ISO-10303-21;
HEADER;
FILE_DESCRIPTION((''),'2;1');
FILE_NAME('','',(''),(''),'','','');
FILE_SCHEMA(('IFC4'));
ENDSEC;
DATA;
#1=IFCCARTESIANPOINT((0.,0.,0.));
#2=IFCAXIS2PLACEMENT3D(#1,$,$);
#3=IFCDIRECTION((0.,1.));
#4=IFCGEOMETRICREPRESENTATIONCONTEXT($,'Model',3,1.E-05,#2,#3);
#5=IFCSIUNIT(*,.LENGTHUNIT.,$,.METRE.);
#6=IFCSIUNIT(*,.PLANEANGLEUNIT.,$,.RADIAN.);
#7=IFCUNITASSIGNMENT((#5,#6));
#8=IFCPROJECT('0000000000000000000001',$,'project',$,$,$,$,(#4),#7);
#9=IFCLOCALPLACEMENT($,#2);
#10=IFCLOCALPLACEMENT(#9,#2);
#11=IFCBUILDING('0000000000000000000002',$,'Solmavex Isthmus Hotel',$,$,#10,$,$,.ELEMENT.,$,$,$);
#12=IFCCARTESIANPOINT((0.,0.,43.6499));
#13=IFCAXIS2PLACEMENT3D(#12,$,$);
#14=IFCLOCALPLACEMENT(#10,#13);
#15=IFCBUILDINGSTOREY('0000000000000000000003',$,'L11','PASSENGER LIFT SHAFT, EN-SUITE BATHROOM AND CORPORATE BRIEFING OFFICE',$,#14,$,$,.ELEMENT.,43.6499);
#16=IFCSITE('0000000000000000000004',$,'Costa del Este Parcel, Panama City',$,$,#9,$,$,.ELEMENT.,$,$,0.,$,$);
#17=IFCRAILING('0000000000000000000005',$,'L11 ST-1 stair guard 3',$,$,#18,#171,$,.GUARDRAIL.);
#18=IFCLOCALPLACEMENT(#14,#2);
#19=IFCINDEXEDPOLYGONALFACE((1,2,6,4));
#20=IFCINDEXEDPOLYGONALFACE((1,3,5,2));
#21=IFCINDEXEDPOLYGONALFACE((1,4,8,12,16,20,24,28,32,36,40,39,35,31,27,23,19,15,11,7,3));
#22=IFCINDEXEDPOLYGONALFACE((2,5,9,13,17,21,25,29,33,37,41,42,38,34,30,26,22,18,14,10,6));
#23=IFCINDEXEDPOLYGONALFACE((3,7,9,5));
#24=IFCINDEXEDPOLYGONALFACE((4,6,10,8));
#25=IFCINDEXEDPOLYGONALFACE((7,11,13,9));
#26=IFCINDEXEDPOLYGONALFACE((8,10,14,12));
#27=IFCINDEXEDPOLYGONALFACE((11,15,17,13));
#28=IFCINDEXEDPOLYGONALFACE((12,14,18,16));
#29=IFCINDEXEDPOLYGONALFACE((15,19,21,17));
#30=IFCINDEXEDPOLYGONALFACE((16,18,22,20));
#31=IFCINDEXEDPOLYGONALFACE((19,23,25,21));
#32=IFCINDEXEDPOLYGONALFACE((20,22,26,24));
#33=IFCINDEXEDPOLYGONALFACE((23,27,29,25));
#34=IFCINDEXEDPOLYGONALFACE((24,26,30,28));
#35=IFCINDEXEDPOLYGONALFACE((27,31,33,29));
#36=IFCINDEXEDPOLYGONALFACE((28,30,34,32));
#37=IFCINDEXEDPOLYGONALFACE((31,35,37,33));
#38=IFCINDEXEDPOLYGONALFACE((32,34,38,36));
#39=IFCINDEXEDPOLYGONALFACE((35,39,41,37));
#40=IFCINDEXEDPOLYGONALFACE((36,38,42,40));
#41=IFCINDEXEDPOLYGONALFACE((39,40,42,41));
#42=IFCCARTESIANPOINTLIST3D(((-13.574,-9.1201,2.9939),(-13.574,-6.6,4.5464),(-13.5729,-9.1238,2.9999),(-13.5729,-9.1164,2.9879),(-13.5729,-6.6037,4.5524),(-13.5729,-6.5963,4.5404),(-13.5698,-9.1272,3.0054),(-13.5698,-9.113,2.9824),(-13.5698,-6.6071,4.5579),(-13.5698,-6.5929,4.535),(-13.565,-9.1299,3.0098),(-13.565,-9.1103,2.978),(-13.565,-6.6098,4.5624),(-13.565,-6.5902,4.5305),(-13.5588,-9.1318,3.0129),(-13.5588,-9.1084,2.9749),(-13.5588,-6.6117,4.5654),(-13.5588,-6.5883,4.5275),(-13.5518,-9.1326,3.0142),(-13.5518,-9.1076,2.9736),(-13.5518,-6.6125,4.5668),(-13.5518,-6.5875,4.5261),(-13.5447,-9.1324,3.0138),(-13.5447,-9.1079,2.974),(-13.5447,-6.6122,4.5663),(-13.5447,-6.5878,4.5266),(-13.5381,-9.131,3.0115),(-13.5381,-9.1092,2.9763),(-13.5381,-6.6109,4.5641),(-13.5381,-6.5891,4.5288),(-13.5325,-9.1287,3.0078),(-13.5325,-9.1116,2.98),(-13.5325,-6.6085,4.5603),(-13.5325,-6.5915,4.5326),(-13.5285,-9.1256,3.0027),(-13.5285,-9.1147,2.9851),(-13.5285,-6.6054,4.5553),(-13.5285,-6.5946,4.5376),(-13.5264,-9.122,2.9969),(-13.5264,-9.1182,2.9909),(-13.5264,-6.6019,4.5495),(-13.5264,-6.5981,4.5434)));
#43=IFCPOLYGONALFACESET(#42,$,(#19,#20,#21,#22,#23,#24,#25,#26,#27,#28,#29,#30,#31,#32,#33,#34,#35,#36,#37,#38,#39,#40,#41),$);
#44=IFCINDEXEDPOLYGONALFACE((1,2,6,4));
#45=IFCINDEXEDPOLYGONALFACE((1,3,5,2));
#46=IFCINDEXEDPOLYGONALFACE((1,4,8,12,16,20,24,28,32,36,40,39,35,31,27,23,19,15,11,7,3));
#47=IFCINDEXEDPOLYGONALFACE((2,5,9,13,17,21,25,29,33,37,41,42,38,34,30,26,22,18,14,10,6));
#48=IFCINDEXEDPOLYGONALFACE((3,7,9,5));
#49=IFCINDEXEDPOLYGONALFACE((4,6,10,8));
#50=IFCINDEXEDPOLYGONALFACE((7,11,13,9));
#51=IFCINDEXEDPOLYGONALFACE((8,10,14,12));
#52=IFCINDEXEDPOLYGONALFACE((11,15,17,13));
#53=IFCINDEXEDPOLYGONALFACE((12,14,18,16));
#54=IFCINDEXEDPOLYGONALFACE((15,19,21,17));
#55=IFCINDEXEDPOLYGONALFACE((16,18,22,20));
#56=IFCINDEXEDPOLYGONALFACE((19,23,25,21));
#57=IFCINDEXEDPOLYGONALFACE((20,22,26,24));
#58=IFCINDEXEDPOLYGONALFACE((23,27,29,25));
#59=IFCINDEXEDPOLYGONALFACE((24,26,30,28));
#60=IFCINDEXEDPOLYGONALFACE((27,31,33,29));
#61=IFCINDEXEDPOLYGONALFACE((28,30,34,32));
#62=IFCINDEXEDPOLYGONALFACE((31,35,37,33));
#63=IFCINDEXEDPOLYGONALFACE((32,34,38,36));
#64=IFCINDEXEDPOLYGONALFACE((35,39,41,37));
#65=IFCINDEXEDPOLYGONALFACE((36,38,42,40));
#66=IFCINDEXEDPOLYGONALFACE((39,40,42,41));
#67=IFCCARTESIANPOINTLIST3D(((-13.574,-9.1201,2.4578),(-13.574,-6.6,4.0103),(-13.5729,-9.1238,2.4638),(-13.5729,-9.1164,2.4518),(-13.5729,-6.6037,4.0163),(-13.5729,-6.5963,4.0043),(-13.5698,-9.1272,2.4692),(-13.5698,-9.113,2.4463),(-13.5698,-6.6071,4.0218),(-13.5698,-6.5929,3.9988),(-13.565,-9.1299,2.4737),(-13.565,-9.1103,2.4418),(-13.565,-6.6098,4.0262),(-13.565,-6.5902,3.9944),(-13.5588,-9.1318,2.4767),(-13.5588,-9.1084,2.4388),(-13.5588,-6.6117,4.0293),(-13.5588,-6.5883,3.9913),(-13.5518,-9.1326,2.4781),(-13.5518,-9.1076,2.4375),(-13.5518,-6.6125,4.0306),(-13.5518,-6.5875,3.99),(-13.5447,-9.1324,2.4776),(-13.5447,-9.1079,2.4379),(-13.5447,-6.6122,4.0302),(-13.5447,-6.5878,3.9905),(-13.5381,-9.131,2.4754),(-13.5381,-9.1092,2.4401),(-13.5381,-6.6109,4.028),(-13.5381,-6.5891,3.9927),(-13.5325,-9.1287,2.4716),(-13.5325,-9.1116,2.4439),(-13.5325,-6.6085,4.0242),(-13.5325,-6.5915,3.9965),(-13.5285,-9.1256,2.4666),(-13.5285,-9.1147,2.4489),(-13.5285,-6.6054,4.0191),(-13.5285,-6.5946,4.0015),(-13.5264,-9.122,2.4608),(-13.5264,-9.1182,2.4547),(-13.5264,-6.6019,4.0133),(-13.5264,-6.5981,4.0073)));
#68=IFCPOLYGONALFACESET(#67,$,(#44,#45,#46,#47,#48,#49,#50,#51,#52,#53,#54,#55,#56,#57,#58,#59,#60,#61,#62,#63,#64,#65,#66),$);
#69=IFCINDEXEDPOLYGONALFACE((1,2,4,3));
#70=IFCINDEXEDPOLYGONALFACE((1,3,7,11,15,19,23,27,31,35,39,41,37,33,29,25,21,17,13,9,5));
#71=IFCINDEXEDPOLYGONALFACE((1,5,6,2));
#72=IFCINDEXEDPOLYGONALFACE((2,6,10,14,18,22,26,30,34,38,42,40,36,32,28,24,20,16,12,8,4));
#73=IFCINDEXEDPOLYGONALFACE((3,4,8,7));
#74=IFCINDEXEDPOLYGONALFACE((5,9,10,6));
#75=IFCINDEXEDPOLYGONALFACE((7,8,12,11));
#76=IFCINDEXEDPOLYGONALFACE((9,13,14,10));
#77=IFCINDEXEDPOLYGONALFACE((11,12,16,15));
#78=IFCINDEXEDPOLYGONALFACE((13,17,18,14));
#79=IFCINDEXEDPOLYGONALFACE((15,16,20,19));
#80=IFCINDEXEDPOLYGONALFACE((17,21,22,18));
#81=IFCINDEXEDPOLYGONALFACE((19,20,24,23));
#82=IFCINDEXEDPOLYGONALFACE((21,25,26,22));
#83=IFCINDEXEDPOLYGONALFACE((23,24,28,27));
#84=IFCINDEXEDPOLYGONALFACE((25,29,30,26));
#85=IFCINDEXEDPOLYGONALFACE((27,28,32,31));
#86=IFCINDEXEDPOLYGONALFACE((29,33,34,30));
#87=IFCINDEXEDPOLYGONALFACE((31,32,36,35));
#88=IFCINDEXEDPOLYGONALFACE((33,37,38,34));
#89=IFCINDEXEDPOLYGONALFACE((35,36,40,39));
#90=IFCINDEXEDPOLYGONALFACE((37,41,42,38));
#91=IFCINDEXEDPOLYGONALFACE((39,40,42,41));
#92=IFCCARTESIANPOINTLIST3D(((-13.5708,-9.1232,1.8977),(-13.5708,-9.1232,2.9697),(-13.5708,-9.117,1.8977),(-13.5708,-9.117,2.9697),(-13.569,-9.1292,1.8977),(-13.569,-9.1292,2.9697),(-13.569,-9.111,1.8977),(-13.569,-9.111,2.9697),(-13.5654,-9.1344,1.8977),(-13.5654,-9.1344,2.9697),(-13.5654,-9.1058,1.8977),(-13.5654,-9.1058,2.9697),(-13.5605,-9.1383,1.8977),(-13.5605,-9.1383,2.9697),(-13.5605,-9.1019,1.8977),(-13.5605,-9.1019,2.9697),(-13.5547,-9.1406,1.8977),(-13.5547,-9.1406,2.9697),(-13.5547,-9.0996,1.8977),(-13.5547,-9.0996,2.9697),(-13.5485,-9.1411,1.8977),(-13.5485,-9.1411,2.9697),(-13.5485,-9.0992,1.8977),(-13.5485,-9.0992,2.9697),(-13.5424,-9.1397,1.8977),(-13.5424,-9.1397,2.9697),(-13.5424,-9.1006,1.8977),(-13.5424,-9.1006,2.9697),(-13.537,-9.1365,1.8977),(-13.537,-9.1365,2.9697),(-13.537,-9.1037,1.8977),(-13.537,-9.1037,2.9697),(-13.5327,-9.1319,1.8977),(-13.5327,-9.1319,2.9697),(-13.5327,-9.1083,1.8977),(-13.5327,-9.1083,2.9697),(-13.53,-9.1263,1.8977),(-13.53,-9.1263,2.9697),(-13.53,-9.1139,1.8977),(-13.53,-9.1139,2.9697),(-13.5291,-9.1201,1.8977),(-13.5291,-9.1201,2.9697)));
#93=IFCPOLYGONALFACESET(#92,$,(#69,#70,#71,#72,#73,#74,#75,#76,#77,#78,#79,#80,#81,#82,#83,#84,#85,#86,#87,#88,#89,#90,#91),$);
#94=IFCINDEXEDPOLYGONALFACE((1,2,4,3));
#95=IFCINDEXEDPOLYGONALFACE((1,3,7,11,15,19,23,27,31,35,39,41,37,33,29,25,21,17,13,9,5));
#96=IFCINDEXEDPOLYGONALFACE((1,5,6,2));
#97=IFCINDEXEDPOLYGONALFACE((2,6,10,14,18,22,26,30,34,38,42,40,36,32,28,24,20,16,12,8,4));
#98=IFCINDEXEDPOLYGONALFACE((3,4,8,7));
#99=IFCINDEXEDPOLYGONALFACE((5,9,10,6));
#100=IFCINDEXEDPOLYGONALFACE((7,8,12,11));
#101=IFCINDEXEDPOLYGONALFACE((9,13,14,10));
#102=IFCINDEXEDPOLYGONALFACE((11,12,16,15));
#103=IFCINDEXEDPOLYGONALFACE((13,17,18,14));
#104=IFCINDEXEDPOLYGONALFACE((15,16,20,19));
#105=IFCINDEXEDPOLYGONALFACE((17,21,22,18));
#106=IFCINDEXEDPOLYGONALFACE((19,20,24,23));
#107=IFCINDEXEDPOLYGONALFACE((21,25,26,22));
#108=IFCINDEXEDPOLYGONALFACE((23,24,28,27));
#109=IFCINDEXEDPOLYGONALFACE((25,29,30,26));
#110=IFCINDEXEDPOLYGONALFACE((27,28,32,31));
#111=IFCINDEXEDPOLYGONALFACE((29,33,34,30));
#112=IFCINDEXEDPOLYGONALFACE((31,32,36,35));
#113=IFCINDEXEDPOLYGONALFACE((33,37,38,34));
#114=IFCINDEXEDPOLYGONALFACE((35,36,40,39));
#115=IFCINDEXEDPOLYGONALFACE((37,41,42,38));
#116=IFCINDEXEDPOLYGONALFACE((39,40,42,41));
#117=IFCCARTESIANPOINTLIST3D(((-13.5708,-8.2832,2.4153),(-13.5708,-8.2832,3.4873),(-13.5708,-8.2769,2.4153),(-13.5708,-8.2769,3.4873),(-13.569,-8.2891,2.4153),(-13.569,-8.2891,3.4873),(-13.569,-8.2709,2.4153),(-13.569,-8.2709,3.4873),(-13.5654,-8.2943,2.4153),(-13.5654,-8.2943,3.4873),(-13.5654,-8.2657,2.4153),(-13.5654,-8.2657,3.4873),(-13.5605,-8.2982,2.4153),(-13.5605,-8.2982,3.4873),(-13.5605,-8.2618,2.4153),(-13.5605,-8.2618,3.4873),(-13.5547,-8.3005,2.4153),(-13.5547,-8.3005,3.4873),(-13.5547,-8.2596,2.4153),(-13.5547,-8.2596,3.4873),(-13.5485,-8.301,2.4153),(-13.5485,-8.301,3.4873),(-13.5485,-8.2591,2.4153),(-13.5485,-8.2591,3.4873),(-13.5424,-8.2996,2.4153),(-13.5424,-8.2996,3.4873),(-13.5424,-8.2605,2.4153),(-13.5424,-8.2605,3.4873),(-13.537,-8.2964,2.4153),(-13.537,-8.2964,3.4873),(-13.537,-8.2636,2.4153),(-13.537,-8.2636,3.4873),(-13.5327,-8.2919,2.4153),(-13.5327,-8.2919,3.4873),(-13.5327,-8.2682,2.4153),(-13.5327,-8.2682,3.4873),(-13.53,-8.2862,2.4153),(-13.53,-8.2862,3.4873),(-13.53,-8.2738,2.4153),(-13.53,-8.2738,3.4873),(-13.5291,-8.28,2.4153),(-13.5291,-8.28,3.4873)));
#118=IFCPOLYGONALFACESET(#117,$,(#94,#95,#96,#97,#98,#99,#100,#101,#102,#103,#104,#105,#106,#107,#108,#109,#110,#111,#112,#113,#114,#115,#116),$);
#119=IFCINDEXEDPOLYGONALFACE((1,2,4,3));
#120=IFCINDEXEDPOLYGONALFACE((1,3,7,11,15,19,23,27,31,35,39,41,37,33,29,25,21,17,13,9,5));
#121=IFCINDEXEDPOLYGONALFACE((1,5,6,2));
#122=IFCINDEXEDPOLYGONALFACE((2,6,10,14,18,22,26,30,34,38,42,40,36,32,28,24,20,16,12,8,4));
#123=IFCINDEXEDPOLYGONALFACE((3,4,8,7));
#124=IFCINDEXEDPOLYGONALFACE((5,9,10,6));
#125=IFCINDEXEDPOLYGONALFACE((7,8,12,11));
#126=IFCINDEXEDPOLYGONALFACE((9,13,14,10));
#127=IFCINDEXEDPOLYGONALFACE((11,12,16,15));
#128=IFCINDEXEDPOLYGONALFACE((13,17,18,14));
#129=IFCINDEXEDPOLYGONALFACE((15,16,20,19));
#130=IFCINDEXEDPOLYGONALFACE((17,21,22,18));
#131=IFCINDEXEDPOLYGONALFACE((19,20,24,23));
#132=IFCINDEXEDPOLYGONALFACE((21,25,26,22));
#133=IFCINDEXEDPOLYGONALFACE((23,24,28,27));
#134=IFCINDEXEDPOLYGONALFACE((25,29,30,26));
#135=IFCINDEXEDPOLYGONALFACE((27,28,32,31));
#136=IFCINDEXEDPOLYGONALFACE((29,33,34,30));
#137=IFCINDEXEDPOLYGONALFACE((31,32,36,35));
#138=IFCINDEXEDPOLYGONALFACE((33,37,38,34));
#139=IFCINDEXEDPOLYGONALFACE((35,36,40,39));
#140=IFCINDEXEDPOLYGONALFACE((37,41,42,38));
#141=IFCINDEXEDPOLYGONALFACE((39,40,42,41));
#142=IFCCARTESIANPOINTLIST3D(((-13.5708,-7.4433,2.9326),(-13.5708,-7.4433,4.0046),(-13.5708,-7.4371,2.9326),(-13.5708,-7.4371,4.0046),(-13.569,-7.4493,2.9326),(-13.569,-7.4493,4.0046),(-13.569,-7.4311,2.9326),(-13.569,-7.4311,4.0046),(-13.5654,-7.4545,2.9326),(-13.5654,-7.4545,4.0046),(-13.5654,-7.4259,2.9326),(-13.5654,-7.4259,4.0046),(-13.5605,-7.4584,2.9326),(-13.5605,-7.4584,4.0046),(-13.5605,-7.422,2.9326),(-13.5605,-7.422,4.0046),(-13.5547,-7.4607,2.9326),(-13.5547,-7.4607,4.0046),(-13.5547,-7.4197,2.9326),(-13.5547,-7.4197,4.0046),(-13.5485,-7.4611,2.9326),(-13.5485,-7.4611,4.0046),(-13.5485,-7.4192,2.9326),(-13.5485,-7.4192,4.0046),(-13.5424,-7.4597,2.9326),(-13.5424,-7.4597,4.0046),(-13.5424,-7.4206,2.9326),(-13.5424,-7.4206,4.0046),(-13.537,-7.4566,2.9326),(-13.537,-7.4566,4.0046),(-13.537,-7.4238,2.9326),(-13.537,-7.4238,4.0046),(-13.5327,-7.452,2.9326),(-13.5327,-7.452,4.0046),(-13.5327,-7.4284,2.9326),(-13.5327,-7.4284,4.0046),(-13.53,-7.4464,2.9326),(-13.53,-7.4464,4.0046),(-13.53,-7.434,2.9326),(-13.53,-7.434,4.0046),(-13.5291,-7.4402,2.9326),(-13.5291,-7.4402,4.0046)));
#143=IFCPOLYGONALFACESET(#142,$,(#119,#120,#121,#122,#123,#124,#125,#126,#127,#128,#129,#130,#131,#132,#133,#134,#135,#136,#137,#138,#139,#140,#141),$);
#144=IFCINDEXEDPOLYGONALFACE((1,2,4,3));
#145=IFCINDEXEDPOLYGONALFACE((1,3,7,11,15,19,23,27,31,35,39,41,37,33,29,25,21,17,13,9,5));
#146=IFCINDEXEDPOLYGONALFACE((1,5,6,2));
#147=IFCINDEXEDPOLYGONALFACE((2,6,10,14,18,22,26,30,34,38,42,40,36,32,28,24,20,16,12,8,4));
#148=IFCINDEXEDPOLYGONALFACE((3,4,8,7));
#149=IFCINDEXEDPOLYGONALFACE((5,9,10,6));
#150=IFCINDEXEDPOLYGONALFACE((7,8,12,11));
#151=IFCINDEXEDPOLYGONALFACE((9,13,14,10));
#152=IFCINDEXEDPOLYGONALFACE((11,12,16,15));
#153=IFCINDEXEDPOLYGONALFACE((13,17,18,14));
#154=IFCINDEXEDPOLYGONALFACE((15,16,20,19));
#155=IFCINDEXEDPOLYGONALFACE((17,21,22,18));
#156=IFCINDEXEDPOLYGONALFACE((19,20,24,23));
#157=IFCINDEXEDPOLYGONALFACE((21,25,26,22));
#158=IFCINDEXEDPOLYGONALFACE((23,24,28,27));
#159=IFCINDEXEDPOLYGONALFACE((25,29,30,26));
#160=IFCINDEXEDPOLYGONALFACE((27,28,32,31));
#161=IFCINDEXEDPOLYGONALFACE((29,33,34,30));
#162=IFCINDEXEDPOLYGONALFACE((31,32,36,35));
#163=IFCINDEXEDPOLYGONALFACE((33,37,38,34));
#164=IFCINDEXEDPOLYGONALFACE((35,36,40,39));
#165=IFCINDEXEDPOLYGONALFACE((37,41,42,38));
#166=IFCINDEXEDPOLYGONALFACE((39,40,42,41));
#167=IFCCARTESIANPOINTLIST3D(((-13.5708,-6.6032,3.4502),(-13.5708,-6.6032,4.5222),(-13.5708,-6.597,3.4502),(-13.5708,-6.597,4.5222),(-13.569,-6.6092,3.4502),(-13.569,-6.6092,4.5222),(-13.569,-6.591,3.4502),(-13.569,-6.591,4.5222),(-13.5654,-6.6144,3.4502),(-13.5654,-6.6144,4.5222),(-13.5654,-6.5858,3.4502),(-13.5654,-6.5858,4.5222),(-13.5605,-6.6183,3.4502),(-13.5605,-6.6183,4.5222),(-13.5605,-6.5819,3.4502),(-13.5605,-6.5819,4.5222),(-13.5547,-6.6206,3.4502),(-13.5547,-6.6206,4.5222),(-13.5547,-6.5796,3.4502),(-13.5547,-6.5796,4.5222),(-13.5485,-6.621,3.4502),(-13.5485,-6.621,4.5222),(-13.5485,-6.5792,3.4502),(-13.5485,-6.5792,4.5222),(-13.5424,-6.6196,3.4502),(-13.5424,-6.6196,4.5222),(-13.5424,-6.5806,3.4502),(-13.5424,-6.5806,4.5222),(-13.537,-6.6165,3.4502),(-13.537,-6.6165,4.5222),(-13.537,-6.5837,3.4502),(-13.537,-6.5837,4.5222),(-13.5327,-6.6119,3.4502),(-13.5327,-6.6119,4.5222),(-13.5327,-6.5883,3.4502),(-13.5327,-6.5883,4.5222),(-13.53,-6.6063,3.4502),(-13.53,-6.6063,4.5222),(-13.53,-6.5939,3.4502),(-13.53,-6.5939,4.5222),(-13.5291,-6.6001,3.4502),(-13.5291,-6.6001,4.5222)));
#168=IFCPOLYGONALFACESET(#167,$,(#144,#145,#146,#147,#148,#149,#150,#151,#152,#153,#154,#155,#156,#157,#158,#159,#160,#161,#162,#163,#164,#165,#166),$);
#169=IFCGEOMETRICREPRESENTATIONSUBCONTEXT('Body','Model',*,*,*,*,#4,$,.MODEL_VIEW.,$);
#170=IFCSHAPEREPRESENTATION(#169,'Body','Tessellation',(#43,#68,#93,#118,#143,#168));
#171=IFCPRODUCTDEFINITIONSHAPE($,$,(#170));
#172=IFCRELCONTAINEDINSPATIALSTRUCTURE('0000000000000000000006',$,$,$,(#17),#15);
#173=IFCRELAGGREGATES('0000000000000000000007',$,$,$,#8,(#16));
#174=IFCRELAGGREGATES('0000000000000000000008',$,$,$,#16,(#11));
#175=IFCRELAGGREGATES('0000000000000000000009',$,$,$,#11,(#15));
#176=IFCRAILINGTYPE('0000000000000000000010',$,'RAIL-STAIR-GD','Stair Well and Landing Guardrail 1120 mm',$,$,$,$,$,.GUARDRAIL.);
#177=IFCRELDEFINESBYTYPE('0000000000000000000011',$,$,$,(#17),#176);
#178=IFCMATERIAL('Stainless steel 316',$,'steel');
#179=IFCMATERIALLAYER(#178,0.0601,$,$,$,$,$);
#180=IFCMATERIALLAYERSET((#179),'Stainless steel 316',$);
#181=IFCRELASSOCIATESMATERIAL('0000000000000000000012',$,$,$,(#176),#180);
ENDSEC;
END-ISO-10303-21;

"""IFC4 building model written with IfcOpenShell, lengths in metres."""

from ifc_helpers import new_model, si_unit, direction, frame, origin, origin_2d, place, context, subcontext, project, spatial, circle, extrude, material, layer, layer_set, type_object, element, save


model = new_model("IFC4")

# Units and contexts
model_context = context("Model", 3, precision=1e-05, world=origin(), true_north=direction((0.0, 1.0)))
body_context = subcontext(model_context, "Body", "Model", "MODEL_VIEW")
ifc_project = project(units=[si_unit("LENGTHUNIT", "METRE"), si_unit("PLANEANGLEUNIT", "RADIAN")], contexts=[model_context])

# Site, building, storey
site_placement = place(None, origin())
site = spatial("IfcSite", under=ifc_project, at=site_placement, Name="Costa del Este Parcel, Panama City", CompositionType="ELEMENT", RefElevation=0.0)
building_placement = place(site_placement, origin())
building = spatial("IfcBuilding", under=site, at=building_placement, Name="Solmavex Isthmus Hotel", CompositionType="ELEMENT")
storey_placement = place(building_placement, frame((0.0, 0.0, 43.6499)))
storey = spatial("IfcBuildingStorey", under=building, at=storey_placement, Name="L11", Description="PASSENGER LIFT SHAFT, EN-SUITE BATHROOM AND CORPORATE BRIEFING OFFICE", CompositionType="ELEMENT", Elevation=43.6499)

# Shared definitions
ifc_material_1 = material(Name="Stainless steel 316", Category="steel")

# Railing
ifc_layer_1 = layer(ifc_material_1, 0.0601)
ifc_layer_set_1 = layer_set([ifc_layer_1], Name="Stainless steel 316")
railing_type_1 = type_object("IfcRailingType", Name="RAIL-STAIR-GD", Description="Stair Well and Landing Guardrail 1120 mm", PredefinedType="GUARDRAIL", material=ifc_layer_set_1)
railing_1_placement = place(storey_placement, frame((-13.55, -9.1201, 1.8977)))
element("IfcRailing", 1, at=railing_1_placement, inside=storey, type_object=railing_type_1, Name="L11 ST-1 stair guard 3", PredefinedType="GUARDRAIL", context=body_context, shape_type="SweptSolid", body=[
    extrude(circle(Radius=0.0239, at=origin_2d()), frame((0.0, 0.0, 1.0962), z_axis=(0.0, 0.8514, 0.524516), x_axis=(-1.0, 0.0, 0.0)), (0.0, 0.0, 1.0), 2.96),
    extrude(circle(Radius=0.0239, at=origin_2d()), frame((0.0, 0.0, 0.5601), z_axis=(0.0, 0.8514, 0.524516), x_axis=(-1.0, 0.0, 0.0)), (0.0, 0.0, 1.0), 2.96),
    extrude(circle(Radius=0.021, at=origin_2d()), origin(), (0.0, 0.0, 1.0), 1.072),
    extrude(circle(Radius=0.021, at=origin_2d()), frame((0.0, 0.8401, 0.5176)), (0.0, 0.0, 1.0), 1.072),
    extrude(circle(Radius=0.021, at=origin_2d()), frame((0.0, 1.6799, 1.0349)), (0.0, 0.0, 1.0), 1.072),
    extrude(circle(Radius=0.021, at=origin_2d()), frame((0.0, 2.52, 1.5525)), (0.0, 0.0, 1.0), 1.072),
])

save(model, "model.ifc")
